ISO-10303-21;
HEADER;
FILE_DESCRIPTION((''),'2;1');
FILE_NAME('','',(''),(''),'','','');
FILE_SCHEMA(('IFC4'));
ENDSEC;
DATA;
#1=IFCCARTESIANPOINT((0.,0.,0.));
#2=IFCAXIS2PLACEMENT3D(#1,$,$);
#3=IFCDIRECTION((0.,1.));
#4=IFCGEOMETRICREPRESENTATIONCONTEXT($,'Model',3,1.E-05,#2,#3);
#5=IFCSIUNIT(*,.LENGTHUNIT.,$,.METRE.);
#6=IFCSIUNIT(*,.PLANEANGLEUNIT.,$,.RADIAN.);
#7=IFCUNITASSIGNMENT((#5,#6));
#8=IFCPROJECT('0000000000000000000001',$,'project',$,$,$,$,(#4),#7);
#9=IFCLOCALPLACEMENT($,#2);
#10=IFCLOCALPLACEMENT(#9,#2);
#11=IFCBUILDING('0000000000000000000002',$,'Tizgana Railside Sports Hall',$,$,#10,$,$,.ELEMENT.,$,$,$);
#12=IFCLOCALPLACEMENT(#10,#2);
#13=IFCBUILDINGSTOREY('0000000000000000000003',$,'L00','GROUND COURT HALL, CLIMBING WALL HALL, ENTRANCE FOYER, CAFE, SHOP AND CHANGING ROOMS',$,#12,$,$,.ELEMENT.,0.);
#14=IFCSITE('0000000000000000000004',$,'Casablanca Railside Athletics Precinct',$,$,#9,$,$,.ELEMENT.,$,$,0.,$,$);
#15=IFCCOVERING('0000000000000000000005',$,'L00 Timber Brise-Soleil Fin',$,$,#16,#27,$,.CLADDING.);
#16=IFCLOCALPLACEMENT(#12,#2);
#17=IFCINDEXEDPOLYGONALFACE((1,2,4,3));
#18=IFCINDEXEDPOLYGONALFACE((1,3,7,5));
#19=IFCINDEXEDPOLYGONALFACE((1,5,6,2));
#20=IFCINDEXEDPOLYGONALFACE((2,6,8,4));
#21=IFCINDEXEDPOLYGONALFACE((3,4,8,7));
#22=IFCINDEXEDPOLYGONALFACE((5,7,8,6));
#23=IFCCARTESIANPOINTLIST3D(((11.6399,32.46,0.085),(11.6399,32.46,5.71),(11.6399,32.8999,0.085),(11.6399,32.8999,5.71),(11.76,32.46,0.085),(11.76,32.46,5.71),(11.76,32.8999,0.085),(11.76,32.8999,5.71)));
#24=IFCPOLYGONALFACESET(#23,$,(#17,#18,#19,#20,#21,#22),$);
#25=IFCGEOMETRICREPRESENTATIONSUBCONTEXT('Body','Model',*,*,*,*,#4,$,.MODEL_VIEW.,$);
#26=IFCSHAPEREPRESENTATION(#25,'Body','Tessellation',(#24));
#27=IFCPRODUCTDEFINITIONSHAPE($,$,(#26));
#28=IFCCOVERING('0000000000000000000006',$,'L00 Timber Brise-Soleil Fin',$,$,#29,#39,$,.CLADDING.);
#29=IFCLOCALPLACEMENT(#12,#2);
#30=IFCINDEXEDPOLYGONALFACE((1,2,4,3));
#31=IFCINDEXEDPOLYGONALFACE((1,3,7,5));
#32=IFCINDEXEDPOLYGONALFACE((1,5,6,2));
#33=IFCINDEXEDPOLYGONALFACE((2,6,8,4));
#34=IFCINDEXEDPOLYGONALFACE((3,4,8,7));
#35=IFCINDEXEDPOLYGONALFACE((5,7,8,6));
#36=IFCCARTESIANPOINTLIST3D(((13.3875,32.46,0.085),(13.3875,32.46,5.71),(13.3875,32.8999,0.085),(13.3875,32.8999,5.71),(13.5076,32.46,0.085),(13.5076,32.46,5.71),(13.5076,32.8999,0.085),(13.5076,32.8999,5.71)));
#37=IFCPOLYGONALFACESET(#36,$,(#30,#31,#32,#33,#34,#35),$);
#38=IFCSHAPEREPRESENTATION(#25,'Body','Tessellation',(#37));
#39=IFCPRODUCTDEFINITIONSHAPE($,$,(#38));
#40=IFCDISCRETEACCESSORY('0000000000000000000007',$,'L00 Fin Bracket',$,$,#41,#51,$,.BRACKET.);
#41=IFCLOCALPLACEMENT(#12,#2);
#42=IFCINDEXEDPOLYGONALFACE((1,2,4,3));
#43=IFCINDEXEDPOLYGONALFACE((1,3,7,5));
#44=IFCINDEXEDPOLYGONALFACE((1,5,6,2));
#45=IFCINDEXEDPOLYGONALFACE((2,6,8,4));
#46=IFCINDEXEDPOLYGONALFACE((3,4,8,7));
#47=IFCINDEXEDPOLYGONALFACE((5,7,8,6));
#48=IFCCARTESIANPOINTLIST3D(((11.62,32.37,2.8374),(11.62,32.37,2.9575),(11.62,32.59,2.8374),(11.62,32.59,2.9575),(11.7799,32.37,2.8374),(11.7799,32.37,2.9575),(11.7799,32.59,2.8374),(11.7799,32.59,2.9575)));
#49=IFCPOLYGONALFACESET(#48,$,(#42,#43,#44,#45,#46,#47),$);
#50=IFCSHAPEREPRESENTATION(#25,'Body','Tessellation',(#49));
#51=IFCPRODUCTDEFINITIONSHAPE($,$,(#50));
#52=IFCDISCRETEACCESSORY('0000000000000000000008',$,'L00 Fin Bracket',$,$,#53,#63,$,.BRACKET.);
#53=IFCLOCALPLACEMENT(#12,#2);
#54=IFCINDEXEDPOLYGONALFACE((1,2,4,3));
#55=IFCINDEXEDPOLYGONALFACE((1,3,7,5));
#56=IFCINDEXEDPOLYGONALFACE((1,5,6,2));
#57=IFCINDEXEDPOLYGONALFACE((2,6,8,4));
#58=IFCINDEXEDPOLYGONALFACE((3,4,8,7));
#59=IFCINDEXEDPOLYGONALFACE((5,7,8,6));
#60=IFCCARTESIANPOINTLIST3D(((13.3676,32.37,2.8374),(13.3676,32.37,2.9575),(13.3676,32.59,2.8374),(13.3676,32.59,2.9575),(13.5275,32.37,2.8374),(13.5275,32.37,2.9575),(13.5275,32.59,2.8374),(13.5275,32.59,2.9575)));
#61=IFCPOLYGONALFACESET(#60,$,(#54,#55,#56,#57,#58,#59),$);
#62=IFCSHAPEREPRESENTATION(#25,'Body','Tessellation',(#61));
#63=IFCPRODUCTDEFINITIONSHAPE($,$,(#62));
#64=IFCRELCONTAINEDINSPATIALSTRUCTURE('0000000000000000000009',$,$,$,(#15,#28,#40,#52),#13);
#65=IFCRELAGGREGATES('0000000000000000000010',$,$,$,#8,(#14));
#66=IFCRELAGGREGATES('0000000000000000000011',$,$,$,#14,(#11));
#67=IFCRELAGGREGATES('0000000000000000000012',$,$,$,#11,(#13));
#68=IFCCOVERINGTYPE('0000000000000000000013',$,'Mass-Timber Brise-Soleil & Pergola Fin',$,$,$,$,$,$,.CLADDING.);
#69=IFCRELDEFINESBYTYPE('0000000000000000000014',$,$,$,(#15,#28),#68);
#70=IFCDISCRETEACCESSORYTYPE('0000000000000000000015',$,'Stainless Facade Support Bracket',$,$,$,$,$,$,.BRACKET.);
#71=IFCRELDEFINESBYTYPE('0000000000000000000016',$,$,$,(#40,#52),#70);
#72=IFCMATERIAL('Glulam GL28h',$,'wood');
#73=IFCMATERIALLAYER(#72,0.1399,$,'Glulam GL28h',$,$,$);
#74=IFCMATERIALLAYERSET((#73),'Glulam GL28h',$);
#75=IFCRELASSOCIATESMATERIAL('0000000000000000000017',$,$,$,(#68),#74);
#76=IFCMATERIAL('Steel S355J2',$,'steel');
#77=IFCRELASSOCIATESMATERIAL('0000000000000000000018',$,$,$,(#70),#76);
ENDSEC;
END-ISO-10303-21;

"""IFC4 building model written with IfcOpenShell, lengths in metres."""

from ifc_helpers import new_model, si_unit, direction, frame, origin, origin_2d, place, context, subcontext, project, spatial, rectangle, extrude, material, layer, layer_set, type_object, element, save


model = new_model("IFC4")

# Units and contexts
model_context = context("Model", 3, precision=1e-05, world=origin(), true_north=direction((0.0, 1.0)))
body_context = subcontext(model_context, "Body", "Model", "MODEL_VIEW")
ifc_project = project(units=[si_unit("LENGTHUNIT", "METRE"), si_unit("PLANEANGLEUNIT", "RADIAN")], contexts=[model_context])

# Site, building, storey
site_placement = place(None, origin())
site = spatial("IfcSite", under=ifc_project, at=site_placement, Name="Casablanca Railside Athletics Precinct", CompositionType="ELEMENT", RefElevation=0.0)
building_placement = place(site_placement, origin())
building = spatial("IfcBuilding", under=site, at=building_placement, Name="Tizgana Railside Sports Hall", CompositionType="ELEMENT")
storey_placement = place(building_placement, origin())
storey = spatial("IfcBuildingStorey", under=building, at=storey_placement, Name="L00", Description="GROUND COURT HALL, CLIMBING WALL HALL, ENTRANCE FOYER, CAFE, SHOP AND CHANGING ROOMS", CompositionType="ELEMENT", Elevation=0.0)

# Shared definitions
ifc_material_1 = material(Name="Steel S355J2", Category="steel")

# Coverings
ifc_material_2 = material(Name="Glulam GL28h", Category="wood")
ifc_layer_1 = layer(ifc_material_2, 0.1399, Name="Glulam GL28h")
ifc_layer_set_1 = layer_set([ifc_layer_1], Name="Glulam GL28h")
covering_type = type_object("IfcCoveringType", Name="Mass-Timber Brise-Soleil & Pergola Fin", PredefinedType="CLADDING", material=ifc_layer_set_1)
for number, where, z_axis, x_axis, name in (
    (1, (11.7, 32.6799, 0.085), (0.0, 0.0, 1.0), (1.0, 0.0, 0.0), "L00 Timber Brise-Soleil Fin"),
    (2, (13.4475, 32.6799, 0.085), (0.0, 0.0, 1.0), (1.0, 0.0, 0.0), "L00 Timber Brise-Soleil Fin"),
):
    element("IfcCovering", number, at=place(storey_placement, frame(where, z_axis=z_axis, x_axis=x_axis)), inside=storey, type_object=covering_type, Name=name, PredefinedType="CLADDING", context=body_context, shape_type="SweptSolid", body=[
        extrude(rectangle(XDim=0.1201, YDim=0.4399, at=origin_2d()), origin(), (0.0, 0.0, 1.0), 5.625),
    ])

# Discrete accessories
discrete_accessory_type = type_object("IfcDiscreteAccessoryType", Name="Stainless Facade Support Bracket", PredefinedType="BRACKET", material=ifc_material_1)
for number, where, z_axis, x_axis, name in (
    (3, (11.7, 32.48, 2.8374), (0.0, 0.0, 1.0), (1.0, 0.0, 0.0), "L00 Fin Bracket"),
    (4, (13.4475, 32.48, 2.8374), (0.0, 0.0, 1.0), (1.0, 0.0, 0.0), "L00 Fin Bracket"),
):
    element("IfcDiscreteAccessory", number, at=place(storey_placement, frame(where, z_axis=z_axis, x_axis=x_axis)), inside=storey, type_object=discrete_accessory_type, Name=name, PredefinedType="BRACKET", context=body_context, shape_type="SweptSolid", body=[
        extrude(rectangle(XDim=0.1599, YDim=0.22, at=origin_2d()), origin(), (0.0, 0.0, 1.0), 0.1201),
    ])

save(model, "model.ifc")
